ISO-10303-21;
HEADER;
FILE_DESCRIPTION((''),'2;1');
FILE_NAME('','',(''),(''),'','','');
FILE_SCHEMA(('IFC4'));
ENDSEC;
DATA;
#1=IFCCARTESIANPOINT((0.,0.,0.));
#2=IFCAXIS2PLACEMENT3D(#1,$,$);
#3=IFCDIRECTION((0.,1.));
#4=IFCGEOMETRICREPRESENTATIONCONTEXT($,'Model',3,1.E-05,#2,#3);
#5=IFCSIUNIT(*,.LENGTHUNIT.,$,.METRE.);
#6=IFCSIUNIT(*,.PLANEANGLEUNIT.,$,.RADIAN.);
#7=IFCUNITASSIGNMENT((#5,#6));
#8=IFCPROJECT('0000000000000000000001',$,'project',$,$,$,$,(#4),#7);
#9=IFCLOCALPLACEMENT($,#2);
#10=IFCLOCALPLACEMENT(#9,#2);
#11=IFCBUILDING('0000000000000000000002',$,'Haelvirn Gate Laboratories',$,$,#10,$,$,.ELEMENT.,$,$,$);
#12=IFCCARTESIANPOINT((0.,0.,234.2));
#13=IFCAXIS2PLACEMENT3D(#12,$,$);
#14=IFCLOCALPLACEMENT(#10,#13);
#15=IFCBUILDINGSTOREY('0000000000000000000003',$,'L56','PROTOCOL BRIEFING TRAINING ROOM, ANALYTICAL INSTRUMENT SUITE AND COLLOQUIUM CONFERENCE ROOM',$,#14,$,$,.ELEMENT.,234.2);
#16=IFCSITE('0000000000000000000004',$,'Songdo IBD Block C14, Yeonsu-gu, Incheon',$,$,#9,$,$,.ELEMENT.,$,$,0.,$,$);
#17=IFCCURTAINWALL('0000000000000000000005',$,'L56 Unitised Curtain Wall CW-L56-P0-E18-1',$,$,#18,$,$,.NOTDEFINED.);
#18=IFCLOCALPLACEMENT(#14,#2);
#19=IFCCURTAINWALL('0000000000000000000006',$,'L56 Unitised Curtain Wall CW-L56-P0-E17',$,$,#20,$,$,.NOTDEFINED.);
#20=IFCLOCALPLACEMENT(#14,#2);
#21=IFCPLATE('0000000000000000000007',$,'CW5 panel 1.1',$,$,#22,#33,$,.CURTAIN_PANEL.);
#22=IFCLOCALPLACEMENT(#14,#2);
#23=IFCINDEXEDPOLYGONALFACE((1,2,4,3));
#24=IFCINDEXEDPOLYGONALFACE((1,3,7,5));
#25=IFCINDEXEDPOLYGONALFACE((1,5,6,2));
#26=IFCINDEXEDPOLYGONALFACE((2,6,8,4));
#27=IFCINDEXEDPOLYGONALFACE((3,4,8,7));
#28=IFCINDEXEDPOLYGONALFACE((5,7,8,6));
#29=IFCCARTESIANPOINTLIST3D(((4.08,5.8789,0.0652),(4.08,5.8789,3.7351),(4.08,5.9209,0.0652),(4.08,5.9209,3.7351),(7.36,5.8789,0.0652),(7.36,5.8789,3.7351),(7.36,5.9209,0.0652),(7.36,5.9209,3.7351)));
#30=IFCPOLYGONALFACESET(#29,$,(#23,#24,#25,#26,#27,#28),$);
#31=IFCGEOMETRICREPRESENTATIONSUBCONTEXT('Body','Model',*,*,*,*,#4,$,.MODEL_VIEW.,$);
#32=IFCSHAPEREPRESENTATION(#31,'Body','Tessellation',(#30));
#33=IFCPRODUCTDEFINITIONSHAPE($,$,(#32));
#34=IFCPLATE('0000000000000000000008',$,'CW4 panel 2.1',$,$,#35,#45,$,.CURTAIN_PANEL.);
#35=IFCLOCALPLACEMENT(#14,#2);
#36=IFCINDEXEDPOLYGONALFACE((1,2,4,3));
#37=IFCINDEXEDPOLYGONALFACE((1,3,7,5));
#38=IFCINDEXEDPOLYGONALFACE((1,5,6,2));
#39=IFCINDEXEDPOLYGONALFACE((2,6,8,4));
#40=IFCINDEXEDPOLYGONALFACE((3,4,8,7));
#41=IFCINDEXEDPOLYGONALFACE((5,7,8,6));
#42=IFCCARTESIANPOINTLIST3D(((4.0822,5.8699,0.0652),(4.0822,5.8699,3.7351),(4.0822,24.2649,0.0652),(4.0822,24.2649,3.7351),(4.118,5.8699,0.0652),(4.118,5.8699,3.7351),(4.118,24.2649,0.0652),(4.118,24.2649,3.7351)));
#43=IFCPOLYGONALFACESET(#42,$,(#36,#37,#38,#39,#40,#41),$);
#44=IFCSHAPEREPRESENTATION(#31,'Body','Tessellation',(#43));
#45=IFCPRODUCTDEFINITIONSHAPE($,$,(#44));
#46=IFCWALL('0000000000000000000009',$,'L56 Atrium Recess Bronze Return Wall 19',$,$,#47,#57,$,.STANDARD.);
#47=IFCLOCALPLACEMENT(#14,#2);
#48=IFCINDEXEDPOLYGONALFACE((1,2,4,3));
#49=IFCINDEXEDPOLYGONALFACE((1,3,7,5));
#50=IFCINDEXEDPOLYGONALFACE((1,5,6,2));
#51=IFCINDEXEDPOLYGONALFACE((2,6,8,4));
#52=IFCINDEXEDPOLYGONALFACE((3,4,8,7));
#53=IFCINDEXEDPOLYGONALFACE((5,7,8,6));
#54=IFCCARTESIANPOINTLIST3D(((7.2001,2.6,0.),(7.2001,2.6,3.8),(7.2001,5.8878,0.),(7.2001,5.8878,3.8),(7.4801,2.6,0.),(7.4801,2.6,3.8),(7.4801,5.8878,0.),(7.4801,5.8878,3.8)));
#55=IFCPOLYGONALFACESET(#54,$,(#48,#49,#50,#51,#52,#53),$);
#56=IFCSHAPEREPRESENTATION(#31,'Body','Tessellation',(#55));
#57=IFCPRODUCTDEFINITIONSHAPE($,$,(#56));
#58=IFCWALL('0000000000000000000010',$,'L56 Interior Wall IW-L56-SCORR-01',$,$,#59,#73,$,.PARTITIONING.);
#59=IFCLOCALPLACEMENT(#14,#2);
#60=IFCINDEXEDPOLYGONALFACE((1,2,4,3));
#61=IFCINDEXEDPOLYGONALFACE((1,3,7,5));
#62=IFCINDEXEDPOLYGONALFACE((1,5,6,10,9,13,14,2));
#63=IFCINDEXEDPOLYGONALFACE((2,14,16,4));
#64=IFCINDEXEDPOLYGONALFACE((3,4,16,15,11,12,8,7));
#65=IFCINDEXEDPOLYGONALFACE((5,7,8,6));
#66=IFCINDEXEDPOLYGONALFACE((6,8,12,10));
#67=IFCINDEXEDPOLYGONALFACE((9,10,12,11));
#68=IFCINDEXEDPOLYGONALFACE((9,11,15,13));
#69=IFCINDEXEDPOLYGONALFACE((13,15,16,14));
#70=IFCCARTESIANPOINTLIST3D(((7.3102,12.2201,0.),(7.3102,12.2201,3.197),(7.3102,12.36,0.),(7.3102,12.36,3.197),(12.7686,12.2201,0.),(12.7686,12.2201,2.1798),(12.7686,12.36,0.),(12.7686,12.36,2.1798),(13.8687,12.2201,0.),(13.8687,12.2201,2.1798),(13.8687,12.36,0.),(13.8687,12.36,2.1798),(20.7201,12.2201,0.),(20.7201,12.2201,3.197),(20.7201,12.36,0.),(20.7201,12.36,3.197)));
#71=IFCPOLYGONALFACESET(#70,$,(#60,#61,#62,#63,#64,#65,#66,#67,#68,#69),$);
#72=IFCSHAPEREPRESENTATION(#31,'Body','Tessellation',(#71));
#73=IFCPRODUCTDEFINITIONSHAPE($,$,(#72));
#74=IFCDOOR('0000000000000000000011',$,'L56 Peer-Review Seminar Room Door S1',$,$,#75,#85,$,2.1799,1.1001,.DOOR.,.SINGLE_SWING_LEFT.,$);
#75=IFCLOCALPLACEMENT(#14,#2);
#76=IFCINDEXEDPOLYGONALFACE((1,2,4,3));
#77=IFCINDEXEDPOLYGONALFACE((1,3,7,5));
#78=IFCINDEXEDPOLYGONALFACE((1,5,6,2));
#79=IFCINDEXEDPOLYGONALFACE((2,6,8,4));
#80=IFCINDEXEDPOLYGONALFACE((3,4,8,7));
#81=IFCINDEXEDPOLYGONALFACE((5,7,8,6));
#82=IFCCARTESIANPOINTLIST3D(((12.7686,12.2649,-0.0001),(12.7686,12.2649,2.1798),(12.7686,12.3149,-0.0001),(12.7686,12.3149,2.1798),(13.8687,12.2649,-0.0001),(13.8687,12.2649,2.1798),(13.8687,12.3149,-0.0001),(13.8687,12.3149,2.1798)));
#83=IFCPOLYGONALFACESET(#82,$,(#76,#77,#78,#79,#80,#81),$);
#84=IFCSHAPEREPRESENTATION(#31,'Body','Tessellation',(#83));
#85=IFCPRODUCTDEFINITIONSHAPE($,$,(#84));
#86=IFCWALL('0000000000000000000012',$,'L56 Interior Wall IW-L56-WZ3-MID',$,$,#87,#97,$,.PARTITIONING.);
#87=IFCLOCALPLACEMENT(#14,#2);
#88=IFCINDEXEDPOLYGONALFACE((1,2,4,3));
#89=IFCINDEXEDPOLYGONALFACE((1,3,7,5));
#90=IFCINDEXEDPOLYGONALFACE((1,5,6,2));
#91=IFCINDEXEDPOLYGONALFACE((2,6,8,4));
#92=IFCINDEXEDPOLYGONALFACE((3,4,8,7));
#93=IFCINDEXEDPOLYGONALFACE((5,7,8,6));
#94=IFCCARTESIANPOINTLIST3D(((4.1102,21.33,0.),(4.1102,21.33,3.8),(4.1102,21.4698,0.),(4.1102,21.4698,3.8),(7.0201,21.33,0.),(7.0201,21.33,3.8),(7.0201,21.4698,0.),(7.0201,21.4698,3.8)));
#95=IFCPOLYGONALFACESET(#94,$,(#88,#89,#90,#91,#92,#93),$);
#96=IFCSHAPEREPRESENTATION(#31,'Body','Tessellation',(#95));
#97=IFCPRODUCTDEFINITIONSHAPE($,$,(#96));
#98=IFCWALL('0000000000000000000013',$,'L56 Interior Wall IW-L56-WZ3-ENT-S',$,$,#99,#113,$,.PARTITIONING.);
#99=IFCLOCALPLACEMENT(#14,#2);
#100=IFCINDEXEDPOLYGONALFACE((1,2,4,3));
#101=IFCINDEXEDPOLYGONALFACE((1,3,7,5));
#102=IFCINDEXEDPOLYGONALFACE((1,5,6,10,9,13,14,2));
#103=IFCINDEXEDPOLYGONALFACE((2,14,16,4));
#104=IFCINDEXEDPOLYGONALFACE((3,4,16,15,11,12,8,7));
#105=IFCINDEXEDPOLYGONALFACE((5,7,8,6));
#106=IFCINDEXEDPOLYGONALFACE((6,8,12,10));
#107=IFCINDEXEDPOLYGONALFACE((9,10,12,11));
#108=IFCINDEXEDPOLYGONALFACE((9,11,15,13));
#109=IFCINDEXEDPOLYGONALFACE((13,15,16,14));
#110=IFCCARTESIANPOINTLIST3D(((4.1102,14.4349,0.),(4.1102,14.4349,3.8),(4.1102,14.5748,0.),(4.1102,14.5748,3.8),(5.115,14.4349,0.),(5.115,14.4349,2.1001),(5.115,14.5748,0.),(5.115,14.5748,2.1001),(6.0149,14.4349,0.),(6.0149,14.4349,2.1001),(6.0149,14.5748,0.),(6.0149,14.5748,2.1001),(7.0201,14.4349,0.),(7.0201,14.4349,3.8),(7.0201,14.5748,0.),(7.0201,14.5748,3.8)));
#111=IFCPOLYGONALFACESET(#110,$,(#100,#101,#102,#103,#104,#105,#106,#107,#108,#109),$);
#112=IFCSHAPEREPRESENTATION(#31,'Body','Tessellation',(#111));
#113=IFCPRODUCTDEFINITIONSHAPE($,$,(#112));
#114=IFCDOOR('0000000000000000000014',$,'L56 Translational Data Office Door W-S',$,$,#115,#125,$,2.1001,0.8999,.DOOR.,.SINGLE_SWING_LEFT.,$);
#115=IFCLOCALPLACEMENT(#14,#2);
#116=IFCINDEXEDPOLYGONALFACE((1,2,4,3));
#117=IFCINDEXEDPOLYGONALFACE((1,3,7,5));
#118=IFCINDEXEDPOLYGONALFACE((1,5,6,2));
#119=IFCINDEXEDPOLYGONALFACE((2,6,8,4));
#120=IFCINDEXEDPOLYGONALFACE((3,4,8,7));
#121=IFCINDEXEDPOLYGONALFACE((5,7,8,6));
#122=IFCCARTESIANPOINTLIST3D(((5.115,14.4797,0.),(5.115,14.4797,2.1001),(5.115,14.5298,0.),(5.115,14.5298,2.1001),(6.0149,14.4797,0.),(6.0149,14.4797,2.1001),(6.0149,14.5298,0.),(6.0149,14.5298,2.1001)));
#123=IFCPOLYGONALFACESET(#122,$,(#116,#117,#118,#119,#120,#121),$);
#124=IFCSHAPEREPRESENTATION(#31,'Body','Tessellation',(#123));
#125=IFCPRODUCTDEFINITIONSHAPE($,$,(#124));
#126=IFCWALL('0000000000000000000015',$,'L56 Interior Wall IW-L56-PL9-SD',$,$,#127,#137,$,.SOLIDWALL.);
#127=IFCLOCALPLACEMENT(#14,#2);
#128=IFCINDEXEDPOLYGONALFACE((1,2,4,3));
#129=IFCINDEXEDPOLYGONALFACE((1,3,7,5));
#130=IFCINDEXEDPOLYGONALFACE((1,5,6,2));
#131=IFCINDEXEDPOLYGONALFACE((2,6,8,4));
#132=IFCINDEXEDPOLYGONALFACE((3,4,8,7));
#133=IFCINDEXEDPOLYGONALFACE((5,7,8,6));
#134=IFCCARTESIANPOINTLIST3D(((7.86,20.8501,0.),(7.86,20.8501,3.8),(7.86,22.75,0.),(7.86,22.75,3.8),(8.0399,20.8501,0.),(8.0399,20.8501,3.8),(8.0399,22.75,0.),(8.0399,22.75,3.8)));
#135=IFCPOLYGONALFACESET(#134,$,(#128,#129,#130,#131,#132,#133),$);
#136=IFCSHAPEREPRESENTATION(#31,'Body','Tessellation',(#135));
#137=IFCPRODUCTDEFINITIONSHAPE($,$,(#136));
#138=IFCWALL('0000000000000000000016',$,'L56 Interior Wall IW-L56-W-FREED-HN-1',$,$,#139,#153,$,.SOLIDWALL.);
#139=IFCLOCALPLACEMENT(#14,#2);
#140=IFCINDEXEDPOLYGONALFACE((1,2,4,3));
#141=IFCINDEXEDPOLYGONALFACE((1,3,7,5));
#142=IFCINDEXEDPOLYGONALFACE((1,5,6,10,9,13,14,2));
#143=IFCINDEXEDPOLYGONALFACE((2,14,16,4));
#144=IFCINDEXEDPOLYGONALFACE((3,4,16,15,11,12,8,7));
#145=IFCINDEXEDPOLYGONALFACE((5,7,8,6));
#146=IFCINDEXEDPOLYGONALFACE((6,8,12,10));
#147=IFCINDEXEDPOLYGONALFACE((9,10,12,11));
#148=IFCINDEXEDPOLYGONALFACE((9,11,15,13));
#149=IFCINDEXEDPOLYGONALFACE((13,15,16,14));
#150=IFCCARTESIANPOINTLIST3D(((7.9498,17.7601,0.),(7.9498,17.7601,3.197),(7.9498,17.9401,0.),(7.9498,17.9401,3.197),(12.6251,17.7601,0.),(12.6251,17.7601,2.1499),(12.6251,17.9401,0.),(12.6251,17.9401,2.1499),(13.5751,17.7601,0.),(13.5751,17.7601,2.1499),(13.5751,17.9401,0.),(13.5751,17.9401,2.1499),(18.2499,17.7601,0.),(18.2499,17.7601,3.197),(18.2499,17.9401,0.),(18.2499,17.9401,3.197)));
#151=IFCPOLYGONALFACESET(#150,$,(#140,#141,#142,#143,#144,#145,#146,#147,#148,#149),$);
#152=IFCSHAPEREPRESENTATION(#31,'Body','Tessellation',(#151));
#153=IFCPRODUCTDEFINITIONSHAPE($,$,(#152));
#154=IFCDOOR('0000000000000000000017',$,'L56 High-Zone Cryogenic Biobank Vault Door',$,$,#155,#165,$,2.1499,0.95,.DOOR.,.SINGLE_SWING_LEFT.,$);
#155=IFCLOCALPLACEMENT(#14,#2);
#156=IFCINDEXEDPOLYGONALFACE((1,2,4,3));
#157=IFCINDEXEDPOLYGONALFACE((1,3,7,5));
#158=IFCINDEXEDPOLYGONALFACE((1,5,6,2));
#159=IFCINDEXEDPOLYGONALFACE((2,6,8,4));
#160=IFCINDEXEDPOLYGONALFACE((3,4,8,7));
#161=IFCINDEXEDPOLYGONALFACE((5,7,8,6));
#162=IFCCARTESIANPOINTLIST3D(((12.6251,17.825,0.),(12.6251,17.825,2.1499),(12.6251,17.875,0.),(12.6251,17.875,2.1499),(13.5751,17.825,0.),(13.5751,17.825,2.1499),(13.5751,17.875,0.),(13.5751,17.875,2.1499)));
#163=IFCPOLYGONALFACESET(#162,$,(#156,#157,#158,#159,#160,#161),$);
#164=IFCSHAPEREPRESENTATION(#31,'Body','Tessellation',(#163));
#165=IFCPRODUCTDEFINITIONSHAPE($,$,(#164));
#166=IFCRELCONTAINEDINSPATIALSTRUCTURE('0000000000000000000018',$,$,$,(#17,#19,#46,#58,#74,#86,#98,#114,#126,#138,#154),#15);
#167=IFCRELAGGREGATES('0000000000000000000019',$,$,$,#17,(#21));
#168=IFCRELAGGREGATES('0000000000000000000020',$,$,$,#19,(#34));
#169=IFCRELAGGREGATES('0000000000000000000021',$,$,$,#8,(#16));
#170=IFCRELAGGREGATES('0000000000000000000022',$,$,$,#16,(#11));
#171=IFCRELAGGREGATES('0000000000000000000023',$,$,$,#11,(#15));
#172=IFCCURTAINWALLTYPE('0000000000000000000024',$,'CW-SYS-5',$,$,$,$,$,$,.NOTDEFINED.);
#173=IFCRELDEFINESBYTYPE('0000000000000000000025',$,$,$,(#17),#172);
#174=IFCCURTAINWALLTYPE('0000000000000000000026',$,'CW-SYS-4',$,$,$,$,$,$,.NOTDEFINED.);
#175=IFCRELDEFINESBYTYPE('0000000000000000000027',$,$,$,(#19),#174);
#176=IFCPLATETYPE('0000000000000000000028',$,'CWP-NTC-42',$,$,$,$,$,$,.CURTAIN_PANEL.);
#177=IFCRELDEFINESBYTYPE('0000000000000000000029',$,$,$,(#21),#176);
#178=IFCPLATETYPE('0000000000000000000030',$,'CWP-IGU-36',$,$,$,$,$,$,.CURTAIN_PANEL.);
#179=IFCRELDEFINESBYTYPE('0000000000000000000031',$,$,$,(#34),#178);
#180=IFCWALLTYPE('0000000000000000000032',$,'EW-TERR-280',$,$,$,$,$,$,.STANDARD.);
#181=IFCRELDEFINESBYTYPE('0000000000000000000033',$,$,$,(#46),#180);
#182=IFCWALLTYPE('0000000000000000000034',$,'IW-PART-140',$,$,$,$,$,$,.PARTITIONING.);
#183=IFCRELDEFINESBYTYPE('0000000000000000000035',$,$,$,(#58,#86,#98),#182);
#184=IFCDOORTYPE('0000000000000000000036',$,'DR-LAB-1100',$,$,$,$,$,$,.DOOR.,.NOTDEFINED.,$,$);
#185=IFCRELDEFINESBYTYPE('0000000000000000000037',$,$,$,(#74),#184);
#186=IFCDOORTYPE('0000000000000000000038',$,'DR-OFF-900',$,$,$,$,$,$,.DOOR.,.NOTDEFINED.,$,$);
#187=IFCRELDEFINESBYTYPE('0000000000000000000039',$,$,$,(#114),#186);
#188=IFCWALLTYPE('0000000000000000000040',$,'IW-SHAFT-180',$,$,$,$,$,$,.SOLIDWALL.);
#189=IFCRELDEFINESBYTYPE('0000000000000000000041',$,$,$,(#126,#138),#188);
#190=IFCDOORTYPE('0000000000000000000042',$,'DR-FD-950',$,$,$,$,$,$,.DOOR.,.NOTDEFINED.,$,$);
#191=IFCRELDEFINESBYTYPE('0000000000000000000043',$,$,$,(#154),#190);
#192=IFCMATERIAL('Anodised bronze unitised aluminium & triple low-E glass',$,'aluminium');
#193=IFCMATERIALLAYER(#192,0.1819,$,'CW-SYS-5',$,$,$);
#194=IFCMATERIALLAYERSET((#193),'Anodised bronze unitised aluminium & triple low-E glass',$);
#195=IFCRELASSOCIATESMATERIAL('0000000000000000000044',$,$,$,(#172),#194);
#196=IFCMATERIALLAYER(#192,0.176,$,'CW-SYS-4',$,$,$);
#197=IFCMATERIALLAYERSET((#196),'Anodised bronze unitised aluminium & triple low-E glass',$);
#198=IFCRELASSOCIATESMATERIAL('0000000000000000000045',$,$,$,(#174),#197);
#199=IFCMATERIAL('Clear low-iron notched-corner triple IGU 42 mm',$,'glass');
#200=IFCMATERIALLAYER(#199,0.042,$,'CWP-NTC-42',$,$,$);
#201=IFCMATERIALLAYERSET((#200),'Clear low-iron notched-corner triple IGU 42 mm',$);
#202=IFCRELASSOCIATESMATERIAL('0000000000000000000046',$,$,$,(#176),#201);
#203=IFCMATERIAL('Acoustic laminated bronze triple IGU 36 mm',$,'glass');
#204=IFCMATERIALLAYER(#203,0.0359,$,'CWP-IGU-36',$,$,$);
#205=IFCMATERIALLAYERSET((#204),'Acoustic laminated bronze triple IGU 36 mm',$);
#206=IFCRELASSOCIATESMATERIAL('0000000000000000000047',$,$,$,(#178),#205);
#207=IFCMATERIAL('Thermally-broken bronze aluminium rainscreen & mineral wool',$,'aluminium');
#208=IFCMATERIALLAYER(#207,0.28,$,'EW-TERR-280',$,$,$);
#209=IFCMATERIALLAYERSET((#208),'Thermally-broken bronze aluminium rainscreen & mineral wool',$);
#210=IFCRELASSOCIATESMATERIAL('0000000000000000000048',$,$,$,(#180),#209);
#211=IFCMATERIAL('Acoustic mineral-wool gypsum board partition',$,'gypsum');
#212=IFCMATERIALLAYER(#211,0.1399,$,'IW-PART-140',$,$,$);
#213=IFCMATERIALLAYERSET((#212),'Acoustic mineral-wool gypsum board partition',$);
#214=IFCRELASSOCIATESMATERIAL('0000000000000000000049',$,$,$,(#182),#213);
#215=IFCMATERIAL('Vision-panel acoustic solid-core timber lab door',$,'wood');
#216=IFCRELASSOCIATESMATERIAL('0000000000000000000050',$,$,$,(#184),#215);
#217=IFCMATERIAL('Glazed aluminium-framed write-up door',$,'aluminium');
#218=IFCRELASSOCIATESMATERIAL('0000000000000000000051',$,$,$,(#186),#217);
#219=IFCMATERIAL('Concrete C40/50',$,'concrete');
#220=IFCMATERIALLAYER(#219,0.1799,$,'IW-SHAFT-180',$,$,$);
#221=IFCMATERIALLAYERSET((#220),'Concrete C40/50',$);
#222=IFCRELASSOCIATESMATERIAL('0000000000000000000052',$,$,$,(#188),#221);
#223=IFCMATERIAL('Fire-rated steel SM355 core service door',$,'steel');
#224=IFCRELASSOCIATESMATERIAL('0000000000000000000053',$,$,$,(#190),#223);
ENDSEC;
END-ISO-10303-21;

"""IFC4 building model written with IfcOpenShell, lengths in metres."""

from ifc_helpers import new_model, si_unit, direction, frame, frame_2d, origin, origin_2d, place, context, subcontext, project, spatial, rectangle, extrude, source, transform, mapped, material, layer, layer_set, type_object, type_shapes, element, fill, aggregate, save


model = new_model("IFC4")

# Units and contexts
model_context = context("Model", 3, precision=1e-05, world=origin(), true_north=direction((0.0, 1.0)))
body_context = subcontext(model_context, "Body", "Model", "MODEL_VIEW")
ifc_project = project(units=[si_unit("LENGTHUNIT", "METRE"), si_unit("PLANEANGLEUNIT", "RADIAN")], contexts=[model_context])

# Site, building, storey
site_placement = place(None, origin())
site = spatial("IfcSite", under=ifc_project, at=site_placement, Name="Songdo IBD Block C14, Yeonsu-gu, Incheon", CompositionType="ELEMENT", RefElevation=0.0)
building_placement = place(site_placement, origin())
building = spatial("IfcBuilding", under=site, at=building_placement, Name="Haelvirn Gate Laboratories", CompositionType="ELEMENT")
storey_placement = place(building_placement, frame((0.0, 0.0, 234.2)))
storey = spatial("IfcBuildingStorey", under=building, at=storey_placement, Name="L56", Description="PROTOCOL BRIEFING TRAINING ROOM, ANALYTICAL INSTRUMENT SUITE AND COLLOQUIUM CONFERENCE ROOM", CompositionType="ELEMENT", Elevation=234.2)

# Curtain wall
ifc_material_1 = material(Name="Anodised bronze unitised aluminium & triple low-E glass", Category="aluminium")
ifc_layer_1 = layer(ifc_material_1, 0.1819, Name="CW-SYS-5")
ifc_layer_set_1 = layer_set([ifc_layer_1], Name="Anodised bronze unitised aluminium & triple low-E glass")
curtain_wall_type_1 = type_object("IfcCurtainWallType", Name="CW-SYS-5", PredefinedType="NOTDEFINED", material=ifc_layer_set_1)
curtain_wall_1_placement = place(storey_placement, origin())
curtain_wall_1 = element("IfcCurtainWall", 1, at=curtain_wall_1_placement, inside=storey, type_object=curtain_wall_type_1, Name="L56 Unitised Curtain Wall CW-L56-P0-E18-1", PredefinedType="NOTDEFINED")

# Curtain wall
ifc_layer_2 = layer(ifc_material_1, 0.176, Name="CW-SYS-4")
ifc_layer_set_2 = layer_set([ifc_layer_2], Name="Anodised bronze unitised aluminium & triple low-E glass")
curtain_wall_type_2 = type_object("IfcCurtainWallType", Name="CW-SYS-4", PredefinedType="NOTDEFINED", material=ifc_layer_set_2)
curtain_wall_2_placement = place(storey_placement, origin())
curtain_wall_2 = element("IfcCurtainWall", 2, at=curtain_wall_2_placement, inside=storey, type_object=curtain_wall_type_2, Name="L56 Unitised Curtain Wall CW-L56-P0-E17", PredefinedType="NOTDEFINED")

# Plates
ifc_material_2 = material(Name="Clear low-iron notched-corner triple IGU 42 mm", Category="glass")
ifc_layer_3 = layer(ifc_material_2, 0.042, Name="CWP-NTC-42")
ifc_layer_set_3 = layer_set([ifc_layer_3], Name="Clear low-iron notched-corner triple IGU 42 mm")
plate_type_1 = type_object("IfcPlateType", Name="CWP-NTC-42", PredefinedType="CURTAIN_PANEL", material=ifc_layer_set_3)
shared_shape_1 = source(origin(), body_context, "Body", "SweptSolid", [
    extrude(rectangle(XDim=3.28, YDim=0.042, at=origin_2d()), origin(), (0.0, 0.0, 1.0), 3.6699),
])
type_shapes(plate_type_1, [shared_shape_1])
plate_1_placement = place(storey_placement, frame((5.72, 5.8999, 0.0652), z_axis=(0.0, 0.0, 1.0), x_axis=(1.0, 0.0, 0.0)))
plate_1 = element("IfcPlate", 3, at=plate_1_placement, type_object=plate_type_1, Name="CW5 panel 1.1", PredefinedType="CURTAIN_PANEL", context=body_context, shape_type="MappedRepresentation", body=[
    mapped(shared_shape_1, transform((0.0, 0.0, 0.0), scale=1.0)),
])
aggregate(curtain_wall_1, [plate_1])
ifc_material_3 = material(Name="Acoustic laminated bronze triple IGU 36 mm", Category="glass")
ifc_layer_4 = layer(ifc_material_3, 0.0359, Name="CWP-IGU-36")
ifc_layer_set_4 = layer_set([ifc_layer_4], Name="Acoustic laminated bronze triple IGU 36 mm")
plate_type_2 = type_object("IfcPlateType", Name="CWP-IGU-36", PredefinedType="CURTAIN_PANEL", material=ifc_layer_set_4)
shared_shape_2 = source(origin(), body_context, "Body", "SweptSolid", [
    extrude(rectangle(XDim=18.395, YDim=0.0359, at=origin_2d()), origin(), (0.0, 0.0, 1.0), 3.6699),
])
type_shapes(plate_type_2, [shared_shape_2])
plate_2_placement = place(storey_placement, frame((4.1001, 15.0674, 0.0652), z_axis=(0.0, 0.0, 1.0), x_axis=(0.0, -1.0, 0.0)))
plate_2 = element("IfcPlate", 4, at=plate_2_placement, type_object=plate_type_2, Name="CW4 panel 2.1", PredefinedType="CURTAIN_PANEL", context=body_context, shape_type="MappedRepresentation", body=[
    mapped(shared_shape_2, transform((0.0, 0.0, 0.0), scale=1.0)),
])
aggregate(curtain_wall_2, [plate_2])

# Wall
ifc_material_4 = material(Name="Thermally-broken bronze aluminium rainscreen & mineral wool", Category="aluminium")
ifc_layer_5 = layer(ifc_material_4, 0.28, Name="EW-TERR-280")
ifc_layer_set_5 = layer_set([ifc_layer_5], Name="Thermally-broken bronze aluminium rainscreen & mineral wool")
wall_type_1 = type_object("IfcWallType", Name="EW-TERR-280", PredefinedType="STANDARD", material=ifc_layer_set_5)
wall_1_placement = place(storey_placement, frame((7.3401, 5.8879, 0.0), z_axis=(0.0, 0.0, 1.0), x_axis=(0.0, -1.0, 0.0)))
element("IfcWall", 5, at=wall_1_placement, inside=storey, type_object=wall_type_1, Name="L56 Atrium Recess Bronze Return Wall 19", PredefinedType="STANDARD", context=body_context, shape_type="SweptSolid", body=[
    extrude(rectangle(XDim=3.2878, YDim=0.28, at=frame_2d((1.644, 0.0))), origin(), (0.0, 0.0, 1.0), 3.8),
])

# Wall, opening, door
ifc_material_5 = material(Name="Acoustic mineral-wool gypsum board partition", Category="gypsum")
ifc_layer_6 = layer(ifc_material_5, 0.1399, Name="IW-PART-140")
ifc_layer_set_6 = layer_set([ifc_layer_6], Name="Acoustic mineral-wool gypsum board partition")
wall_type_2 = type_object("IfcWallType", Name="IW-PART-140", PredefinedType="PARTITIONING", material=ifc_layer_set_6)
wall_2_placement = place(storey_placement, frame((7.3101, 12.29, 0.0), z_axis=(0.0, 0.0, 1.0), x_axis=(1.0, 0.0, 0.0)))
wall_2 = element("IfcWall", 6, at=wall_2_placement, inside=storey, type_object=wall_type_2, Name="L56 Interior Wall IW-L56-SCORR-01", PredefinedType="PARTITIONING", context=body_context, shape_type="SweptSolid", body=[
    extrude(rectangle(XDim=13.4099, YDim=0.1399, at=frame_2d((6.7051, 0.0))), origin(), (0.0, 0.0, 1.0), 3.197),
])
opening_1_placement = place(wall_2_placement, frame((5.4585, 0.0, 0.0)))
opening_1 = element("IfcOpeningElement", 7, at=opening_1_placement, cuts=wall_2, PredefinedType="OPENING", context=body_context, shape_type="SweptSolid", body=[
    extrude(rectangle(XDim=1.1001, YDim=2.1799, at=frame_2d((0.55, 1.0898))), frame((0.0, 0.0801, 0.0), z_axis=(0.0, -1.0, 0.0), x_axis=(1.0, 0.0, 0.0)), (0.0, 0.0, 1.0), 0.1599),
])
ifc_material_6 = material(Name="Vision-panel acoustic solid-core timber lab door", Category="wood")
door_type_1 = type_object("IfcDoorType", Name="DR-LAB-1100", OperationType="NOTDEFINED", PredefinedType="DOOR", material=ifc_material_6)
shared_shape_3 = source(origin(), body_context, "Body", "SweptSolid", [
    extrude(rectangle(XDim=1.1001, YDim=2.1799, at=frame_2d((0.55, 1.0898))), frame((0.0, 0.0249, 0.0), z_axis=(0.0, -1.0, 0.0), x_axis=(1.0, 0.0, 0.0)), (0.0, 0.0, 1.0), 0.05),
])
type_shapes(door_type_1, [shared_shape_3])
door_1_placement = place(opening_1_placement, origin())
door_1 = element("IfcDoor", 8, at=door_1_placement, inside=storey, type_object=door_type_1, Name="L56 Peer-Review Seminar Room Door S1", OperationType="SINGLE_SWING_LEFT", OverallHeight=2.1799, OverallWidth=1.1001, PredefinedType="DOOR", context=body_context, shape_type="MappedRepresentation", body=[
    mapped(shared_shape_3, transform((0.0, 0.0, 0.0), scale=1.0)),
])
fill(opening_1, door_1)

# Wall
wall_3_placement = place(storey_placement, frame((4.1101, 21.3999, 0.0), z_axis=(0.0, 0.0, 1.0), x_axis=(1.0, 0.0, 0.0)))
element("IfcWall", 9, at=wall_3_placement, inside=storey, type_object=wall_type_2, Name="L56 Interior Wall IW-L56-WZ3-MID", PredefinedType="PARTITIONING", context=body_context, shape_type="SweptSolid", body=[
    extrude(rectangle(XDim=2.9099, YDim=0.1399, at=frame_2d((1.4551, 0.0))), origin(), (0.0, 0.0, 1.0), 3.8),
])

# Wall, opening, door
wall_4_placement = place(storey_placement, frame((4.1101, 14.5049, 0.0), z_axis=(0.0, 0.0, 1.0), x_axis=(1.0, 0.0, 0.0)))
wall_4 = element("IfcWall", 10, at=wall_4_placement, inside=storey, type_object=wall_type_2, Name="L56 Interior Wall IW-L56-WZ3-ENT-S", PredefinedType="PARTITIONING", context=body_context, shape_type="SweptSolid", body=[
    extrude(rectangle(XDim=2.9099, YDim=0.1399, at=frame_2d((1.4551, 0.0))), origin(), (0.0, 0.0, 1.0), 3.8),
])
opening_2_placement = place(wall_4_placement, frame((1.0049, 0.0, 0.0)))
opening_2 = element("IfcOpeningElement", 11, at=opening_2_placement, cuts=wall_4, PredefinedType="OPENING", context=body_context, shape_type="SweptSolid", body=[
    extrude(rectangle(XDim=0.8999, YDim=2.1001, at=frame_2d((0.45, 1.05))), frame((0.0, 0.0801, 0.0), z_axis=(0.0, -1.0, 0.0), x_axis=(1.0, 0.0, 0.0)), (0.0, 0.0, 1.0), 0.1599),
])
ifc_material_7 = material(Name="Glazed aluminium-framed write-up door", Category="aluminium")
door_type_2 = type_object("IfcDoorType", Name="DR-OFF-900", OperationType="NOTDEFINED", PredefinedType="DOOR", material=ifc_material_7)
shared_shape_4 = source(origin(), body_context, "Body", "SweptSolid", [
    extrude(rectangle(XDim=0.8999, YDim=2.1001, at=frame_2d((0.45, 1.05))), frame((0.0, 0.0249, 0.0), z_axis=(0.0, -1.0, 0.0), x_axis=(1.0, 0.0, 0.0)), (0.0, 0.0, 1.0), 0.05),
])
type_shapes(door_type_2, [shared_shape_4])
door_2_placement = place(opening_2_placement, origin())
door_2 = element("IfcDoor", 12, at=door_2_placement, inside=storey, type_object=door_type_2, Name="L56 Translational Data Office Door W-S", OperationType="SINGLE_SWING_LEFT", OverallHeight=2.1001, OverallWidth=0.8999, PredefinedType="DOOR", context=body_context, shape_type="MappedRepresentation", body=[
    mapped(shared_shape_4, transform((0.0, 0.0, 0.0), scale=1.0)),
])
fill(opening_2, door_2)

# Wall
ifc_material_8 = material(Name="Concrete C40/50", Category="concrete")
ifc_layer_7 = layer(ifc_material_8, 0.1799, Name="IW-SHAFT-180")
ifc_layer_set_7 = layer_set([ifc_layer_7], Name="Concrete C40/50")
wall_type_3 = type_object("IfcWallType", Name="IW-SHAFT-180", PredefinedType="SOLIDWALL", material=ifc_layer_set_7)
wall_5_placement = place(storey_placement, frame((7.95, 20.8501, 0.0), z_axis=(0.0, 0.0, 1.0), x_axis=(0.0, 1.0, 0.0)))
element("IfcWall", 13, at=wall_5_placement, inside=storey, type_object=wall_type_3, Name="L56 Interior Wall IW-L56-PL9-SD", PredefinedType="SOLIDWALL", context=body_context, shape_type="SweptSolid", body=[
    extrude(rectangle(XDim=1.8999, YDim=0.1799, at=frame_2d((0.95, 0.0))), origin(), (0.0, 0.0, 1.0), 3.8),
])

# Wall, opening, door
wall_6_placement = place(storey_placement, frame((7.95, 17.8501, 0.0), z_axis=(0.0, 0.0, 1.0), x_axis=(1.0, 0.0, 0.0)))
wall_6 = element("IfcWall", 14, at=wall_6_placement, inside=storey, type_object=wall_type_3, Name="L56 Interior Wall IW-L56-W-FREED-HN-1", PredefinedType="SOLIDWALL", context=body_context, shape_type="SweptSolid", body=[
    extrude(rectangle(XDim=10.3, YDim=0.1799, at=frame_2d((5.1499, 0.0))), origin(), (0.0, 0.0, 1.0), 3.197),
])
opening_3_placement = place(wall_6_placement, frame((4.675, 0.0, 0.0)))
opening_3 = element("IfcOpeningElement", 15, at=opening_3_placement, cuts=wall_6, PredefinedType="OPENING", context=body_context, shape_type="SweptSolid", body=[
    extrude(rectangle(XDim=0.95, YDim=2.1499, at=frame_2d((0.4751, 1.075))), frame((0.0, 0.1001, 0.0), z_axis=(0.0, -1.0, 0.0), x_axis=(1.0, 0.0, 0.0)), (0.0, 0.0, 1.0), 0.2),
])
ifc_material_9 = material(Name="Fire-rated steel SM355 core service door", Category="steel")
door_type_3 = type_object("IfcDoorType", Name="DR-FD-950", OperationType="NOTDEFINED", PredefinedType="DOOR", material=ifc_material_9)
shared_shape_5 = source(origin(), body_context, "Body", "SweptSolid", [
    extrude(rectangle(XDim=0.95, YDim=2.1499, at=frame_2d((0.4751, 1.075))), frame((0.0, 0.0249, 0.0), z_axis=(0.0, -1.0, 0.0), x_axis=(1.0, 0.0, 0.0)), (0.0, 0.0, 1.0), 0.05),
])
type_shapes(door_type_3, [shared_shape_5])
door_3_placement = place(opening_3_placement, origin())
door_3 = element("IfcDoor", 16, at=door_3_placement, inside=storey, type_object=door_type_3, Name="L56 High-Zone Cryogenic Biobank Vault Door", OperationType="SINGLE_SWING_LEFT", OverallHeight=2.1499, OverallWidth=0.95, PredefinedType="DOOR", context=body_context, shape_type="MappedRepresentation", body=[
    mapped(shared_shape_5, transform((0.0, 0.0, 0.0), scale=1.0)),
])
fill(opening_3, door_3)

save(model, "model.ifc")
